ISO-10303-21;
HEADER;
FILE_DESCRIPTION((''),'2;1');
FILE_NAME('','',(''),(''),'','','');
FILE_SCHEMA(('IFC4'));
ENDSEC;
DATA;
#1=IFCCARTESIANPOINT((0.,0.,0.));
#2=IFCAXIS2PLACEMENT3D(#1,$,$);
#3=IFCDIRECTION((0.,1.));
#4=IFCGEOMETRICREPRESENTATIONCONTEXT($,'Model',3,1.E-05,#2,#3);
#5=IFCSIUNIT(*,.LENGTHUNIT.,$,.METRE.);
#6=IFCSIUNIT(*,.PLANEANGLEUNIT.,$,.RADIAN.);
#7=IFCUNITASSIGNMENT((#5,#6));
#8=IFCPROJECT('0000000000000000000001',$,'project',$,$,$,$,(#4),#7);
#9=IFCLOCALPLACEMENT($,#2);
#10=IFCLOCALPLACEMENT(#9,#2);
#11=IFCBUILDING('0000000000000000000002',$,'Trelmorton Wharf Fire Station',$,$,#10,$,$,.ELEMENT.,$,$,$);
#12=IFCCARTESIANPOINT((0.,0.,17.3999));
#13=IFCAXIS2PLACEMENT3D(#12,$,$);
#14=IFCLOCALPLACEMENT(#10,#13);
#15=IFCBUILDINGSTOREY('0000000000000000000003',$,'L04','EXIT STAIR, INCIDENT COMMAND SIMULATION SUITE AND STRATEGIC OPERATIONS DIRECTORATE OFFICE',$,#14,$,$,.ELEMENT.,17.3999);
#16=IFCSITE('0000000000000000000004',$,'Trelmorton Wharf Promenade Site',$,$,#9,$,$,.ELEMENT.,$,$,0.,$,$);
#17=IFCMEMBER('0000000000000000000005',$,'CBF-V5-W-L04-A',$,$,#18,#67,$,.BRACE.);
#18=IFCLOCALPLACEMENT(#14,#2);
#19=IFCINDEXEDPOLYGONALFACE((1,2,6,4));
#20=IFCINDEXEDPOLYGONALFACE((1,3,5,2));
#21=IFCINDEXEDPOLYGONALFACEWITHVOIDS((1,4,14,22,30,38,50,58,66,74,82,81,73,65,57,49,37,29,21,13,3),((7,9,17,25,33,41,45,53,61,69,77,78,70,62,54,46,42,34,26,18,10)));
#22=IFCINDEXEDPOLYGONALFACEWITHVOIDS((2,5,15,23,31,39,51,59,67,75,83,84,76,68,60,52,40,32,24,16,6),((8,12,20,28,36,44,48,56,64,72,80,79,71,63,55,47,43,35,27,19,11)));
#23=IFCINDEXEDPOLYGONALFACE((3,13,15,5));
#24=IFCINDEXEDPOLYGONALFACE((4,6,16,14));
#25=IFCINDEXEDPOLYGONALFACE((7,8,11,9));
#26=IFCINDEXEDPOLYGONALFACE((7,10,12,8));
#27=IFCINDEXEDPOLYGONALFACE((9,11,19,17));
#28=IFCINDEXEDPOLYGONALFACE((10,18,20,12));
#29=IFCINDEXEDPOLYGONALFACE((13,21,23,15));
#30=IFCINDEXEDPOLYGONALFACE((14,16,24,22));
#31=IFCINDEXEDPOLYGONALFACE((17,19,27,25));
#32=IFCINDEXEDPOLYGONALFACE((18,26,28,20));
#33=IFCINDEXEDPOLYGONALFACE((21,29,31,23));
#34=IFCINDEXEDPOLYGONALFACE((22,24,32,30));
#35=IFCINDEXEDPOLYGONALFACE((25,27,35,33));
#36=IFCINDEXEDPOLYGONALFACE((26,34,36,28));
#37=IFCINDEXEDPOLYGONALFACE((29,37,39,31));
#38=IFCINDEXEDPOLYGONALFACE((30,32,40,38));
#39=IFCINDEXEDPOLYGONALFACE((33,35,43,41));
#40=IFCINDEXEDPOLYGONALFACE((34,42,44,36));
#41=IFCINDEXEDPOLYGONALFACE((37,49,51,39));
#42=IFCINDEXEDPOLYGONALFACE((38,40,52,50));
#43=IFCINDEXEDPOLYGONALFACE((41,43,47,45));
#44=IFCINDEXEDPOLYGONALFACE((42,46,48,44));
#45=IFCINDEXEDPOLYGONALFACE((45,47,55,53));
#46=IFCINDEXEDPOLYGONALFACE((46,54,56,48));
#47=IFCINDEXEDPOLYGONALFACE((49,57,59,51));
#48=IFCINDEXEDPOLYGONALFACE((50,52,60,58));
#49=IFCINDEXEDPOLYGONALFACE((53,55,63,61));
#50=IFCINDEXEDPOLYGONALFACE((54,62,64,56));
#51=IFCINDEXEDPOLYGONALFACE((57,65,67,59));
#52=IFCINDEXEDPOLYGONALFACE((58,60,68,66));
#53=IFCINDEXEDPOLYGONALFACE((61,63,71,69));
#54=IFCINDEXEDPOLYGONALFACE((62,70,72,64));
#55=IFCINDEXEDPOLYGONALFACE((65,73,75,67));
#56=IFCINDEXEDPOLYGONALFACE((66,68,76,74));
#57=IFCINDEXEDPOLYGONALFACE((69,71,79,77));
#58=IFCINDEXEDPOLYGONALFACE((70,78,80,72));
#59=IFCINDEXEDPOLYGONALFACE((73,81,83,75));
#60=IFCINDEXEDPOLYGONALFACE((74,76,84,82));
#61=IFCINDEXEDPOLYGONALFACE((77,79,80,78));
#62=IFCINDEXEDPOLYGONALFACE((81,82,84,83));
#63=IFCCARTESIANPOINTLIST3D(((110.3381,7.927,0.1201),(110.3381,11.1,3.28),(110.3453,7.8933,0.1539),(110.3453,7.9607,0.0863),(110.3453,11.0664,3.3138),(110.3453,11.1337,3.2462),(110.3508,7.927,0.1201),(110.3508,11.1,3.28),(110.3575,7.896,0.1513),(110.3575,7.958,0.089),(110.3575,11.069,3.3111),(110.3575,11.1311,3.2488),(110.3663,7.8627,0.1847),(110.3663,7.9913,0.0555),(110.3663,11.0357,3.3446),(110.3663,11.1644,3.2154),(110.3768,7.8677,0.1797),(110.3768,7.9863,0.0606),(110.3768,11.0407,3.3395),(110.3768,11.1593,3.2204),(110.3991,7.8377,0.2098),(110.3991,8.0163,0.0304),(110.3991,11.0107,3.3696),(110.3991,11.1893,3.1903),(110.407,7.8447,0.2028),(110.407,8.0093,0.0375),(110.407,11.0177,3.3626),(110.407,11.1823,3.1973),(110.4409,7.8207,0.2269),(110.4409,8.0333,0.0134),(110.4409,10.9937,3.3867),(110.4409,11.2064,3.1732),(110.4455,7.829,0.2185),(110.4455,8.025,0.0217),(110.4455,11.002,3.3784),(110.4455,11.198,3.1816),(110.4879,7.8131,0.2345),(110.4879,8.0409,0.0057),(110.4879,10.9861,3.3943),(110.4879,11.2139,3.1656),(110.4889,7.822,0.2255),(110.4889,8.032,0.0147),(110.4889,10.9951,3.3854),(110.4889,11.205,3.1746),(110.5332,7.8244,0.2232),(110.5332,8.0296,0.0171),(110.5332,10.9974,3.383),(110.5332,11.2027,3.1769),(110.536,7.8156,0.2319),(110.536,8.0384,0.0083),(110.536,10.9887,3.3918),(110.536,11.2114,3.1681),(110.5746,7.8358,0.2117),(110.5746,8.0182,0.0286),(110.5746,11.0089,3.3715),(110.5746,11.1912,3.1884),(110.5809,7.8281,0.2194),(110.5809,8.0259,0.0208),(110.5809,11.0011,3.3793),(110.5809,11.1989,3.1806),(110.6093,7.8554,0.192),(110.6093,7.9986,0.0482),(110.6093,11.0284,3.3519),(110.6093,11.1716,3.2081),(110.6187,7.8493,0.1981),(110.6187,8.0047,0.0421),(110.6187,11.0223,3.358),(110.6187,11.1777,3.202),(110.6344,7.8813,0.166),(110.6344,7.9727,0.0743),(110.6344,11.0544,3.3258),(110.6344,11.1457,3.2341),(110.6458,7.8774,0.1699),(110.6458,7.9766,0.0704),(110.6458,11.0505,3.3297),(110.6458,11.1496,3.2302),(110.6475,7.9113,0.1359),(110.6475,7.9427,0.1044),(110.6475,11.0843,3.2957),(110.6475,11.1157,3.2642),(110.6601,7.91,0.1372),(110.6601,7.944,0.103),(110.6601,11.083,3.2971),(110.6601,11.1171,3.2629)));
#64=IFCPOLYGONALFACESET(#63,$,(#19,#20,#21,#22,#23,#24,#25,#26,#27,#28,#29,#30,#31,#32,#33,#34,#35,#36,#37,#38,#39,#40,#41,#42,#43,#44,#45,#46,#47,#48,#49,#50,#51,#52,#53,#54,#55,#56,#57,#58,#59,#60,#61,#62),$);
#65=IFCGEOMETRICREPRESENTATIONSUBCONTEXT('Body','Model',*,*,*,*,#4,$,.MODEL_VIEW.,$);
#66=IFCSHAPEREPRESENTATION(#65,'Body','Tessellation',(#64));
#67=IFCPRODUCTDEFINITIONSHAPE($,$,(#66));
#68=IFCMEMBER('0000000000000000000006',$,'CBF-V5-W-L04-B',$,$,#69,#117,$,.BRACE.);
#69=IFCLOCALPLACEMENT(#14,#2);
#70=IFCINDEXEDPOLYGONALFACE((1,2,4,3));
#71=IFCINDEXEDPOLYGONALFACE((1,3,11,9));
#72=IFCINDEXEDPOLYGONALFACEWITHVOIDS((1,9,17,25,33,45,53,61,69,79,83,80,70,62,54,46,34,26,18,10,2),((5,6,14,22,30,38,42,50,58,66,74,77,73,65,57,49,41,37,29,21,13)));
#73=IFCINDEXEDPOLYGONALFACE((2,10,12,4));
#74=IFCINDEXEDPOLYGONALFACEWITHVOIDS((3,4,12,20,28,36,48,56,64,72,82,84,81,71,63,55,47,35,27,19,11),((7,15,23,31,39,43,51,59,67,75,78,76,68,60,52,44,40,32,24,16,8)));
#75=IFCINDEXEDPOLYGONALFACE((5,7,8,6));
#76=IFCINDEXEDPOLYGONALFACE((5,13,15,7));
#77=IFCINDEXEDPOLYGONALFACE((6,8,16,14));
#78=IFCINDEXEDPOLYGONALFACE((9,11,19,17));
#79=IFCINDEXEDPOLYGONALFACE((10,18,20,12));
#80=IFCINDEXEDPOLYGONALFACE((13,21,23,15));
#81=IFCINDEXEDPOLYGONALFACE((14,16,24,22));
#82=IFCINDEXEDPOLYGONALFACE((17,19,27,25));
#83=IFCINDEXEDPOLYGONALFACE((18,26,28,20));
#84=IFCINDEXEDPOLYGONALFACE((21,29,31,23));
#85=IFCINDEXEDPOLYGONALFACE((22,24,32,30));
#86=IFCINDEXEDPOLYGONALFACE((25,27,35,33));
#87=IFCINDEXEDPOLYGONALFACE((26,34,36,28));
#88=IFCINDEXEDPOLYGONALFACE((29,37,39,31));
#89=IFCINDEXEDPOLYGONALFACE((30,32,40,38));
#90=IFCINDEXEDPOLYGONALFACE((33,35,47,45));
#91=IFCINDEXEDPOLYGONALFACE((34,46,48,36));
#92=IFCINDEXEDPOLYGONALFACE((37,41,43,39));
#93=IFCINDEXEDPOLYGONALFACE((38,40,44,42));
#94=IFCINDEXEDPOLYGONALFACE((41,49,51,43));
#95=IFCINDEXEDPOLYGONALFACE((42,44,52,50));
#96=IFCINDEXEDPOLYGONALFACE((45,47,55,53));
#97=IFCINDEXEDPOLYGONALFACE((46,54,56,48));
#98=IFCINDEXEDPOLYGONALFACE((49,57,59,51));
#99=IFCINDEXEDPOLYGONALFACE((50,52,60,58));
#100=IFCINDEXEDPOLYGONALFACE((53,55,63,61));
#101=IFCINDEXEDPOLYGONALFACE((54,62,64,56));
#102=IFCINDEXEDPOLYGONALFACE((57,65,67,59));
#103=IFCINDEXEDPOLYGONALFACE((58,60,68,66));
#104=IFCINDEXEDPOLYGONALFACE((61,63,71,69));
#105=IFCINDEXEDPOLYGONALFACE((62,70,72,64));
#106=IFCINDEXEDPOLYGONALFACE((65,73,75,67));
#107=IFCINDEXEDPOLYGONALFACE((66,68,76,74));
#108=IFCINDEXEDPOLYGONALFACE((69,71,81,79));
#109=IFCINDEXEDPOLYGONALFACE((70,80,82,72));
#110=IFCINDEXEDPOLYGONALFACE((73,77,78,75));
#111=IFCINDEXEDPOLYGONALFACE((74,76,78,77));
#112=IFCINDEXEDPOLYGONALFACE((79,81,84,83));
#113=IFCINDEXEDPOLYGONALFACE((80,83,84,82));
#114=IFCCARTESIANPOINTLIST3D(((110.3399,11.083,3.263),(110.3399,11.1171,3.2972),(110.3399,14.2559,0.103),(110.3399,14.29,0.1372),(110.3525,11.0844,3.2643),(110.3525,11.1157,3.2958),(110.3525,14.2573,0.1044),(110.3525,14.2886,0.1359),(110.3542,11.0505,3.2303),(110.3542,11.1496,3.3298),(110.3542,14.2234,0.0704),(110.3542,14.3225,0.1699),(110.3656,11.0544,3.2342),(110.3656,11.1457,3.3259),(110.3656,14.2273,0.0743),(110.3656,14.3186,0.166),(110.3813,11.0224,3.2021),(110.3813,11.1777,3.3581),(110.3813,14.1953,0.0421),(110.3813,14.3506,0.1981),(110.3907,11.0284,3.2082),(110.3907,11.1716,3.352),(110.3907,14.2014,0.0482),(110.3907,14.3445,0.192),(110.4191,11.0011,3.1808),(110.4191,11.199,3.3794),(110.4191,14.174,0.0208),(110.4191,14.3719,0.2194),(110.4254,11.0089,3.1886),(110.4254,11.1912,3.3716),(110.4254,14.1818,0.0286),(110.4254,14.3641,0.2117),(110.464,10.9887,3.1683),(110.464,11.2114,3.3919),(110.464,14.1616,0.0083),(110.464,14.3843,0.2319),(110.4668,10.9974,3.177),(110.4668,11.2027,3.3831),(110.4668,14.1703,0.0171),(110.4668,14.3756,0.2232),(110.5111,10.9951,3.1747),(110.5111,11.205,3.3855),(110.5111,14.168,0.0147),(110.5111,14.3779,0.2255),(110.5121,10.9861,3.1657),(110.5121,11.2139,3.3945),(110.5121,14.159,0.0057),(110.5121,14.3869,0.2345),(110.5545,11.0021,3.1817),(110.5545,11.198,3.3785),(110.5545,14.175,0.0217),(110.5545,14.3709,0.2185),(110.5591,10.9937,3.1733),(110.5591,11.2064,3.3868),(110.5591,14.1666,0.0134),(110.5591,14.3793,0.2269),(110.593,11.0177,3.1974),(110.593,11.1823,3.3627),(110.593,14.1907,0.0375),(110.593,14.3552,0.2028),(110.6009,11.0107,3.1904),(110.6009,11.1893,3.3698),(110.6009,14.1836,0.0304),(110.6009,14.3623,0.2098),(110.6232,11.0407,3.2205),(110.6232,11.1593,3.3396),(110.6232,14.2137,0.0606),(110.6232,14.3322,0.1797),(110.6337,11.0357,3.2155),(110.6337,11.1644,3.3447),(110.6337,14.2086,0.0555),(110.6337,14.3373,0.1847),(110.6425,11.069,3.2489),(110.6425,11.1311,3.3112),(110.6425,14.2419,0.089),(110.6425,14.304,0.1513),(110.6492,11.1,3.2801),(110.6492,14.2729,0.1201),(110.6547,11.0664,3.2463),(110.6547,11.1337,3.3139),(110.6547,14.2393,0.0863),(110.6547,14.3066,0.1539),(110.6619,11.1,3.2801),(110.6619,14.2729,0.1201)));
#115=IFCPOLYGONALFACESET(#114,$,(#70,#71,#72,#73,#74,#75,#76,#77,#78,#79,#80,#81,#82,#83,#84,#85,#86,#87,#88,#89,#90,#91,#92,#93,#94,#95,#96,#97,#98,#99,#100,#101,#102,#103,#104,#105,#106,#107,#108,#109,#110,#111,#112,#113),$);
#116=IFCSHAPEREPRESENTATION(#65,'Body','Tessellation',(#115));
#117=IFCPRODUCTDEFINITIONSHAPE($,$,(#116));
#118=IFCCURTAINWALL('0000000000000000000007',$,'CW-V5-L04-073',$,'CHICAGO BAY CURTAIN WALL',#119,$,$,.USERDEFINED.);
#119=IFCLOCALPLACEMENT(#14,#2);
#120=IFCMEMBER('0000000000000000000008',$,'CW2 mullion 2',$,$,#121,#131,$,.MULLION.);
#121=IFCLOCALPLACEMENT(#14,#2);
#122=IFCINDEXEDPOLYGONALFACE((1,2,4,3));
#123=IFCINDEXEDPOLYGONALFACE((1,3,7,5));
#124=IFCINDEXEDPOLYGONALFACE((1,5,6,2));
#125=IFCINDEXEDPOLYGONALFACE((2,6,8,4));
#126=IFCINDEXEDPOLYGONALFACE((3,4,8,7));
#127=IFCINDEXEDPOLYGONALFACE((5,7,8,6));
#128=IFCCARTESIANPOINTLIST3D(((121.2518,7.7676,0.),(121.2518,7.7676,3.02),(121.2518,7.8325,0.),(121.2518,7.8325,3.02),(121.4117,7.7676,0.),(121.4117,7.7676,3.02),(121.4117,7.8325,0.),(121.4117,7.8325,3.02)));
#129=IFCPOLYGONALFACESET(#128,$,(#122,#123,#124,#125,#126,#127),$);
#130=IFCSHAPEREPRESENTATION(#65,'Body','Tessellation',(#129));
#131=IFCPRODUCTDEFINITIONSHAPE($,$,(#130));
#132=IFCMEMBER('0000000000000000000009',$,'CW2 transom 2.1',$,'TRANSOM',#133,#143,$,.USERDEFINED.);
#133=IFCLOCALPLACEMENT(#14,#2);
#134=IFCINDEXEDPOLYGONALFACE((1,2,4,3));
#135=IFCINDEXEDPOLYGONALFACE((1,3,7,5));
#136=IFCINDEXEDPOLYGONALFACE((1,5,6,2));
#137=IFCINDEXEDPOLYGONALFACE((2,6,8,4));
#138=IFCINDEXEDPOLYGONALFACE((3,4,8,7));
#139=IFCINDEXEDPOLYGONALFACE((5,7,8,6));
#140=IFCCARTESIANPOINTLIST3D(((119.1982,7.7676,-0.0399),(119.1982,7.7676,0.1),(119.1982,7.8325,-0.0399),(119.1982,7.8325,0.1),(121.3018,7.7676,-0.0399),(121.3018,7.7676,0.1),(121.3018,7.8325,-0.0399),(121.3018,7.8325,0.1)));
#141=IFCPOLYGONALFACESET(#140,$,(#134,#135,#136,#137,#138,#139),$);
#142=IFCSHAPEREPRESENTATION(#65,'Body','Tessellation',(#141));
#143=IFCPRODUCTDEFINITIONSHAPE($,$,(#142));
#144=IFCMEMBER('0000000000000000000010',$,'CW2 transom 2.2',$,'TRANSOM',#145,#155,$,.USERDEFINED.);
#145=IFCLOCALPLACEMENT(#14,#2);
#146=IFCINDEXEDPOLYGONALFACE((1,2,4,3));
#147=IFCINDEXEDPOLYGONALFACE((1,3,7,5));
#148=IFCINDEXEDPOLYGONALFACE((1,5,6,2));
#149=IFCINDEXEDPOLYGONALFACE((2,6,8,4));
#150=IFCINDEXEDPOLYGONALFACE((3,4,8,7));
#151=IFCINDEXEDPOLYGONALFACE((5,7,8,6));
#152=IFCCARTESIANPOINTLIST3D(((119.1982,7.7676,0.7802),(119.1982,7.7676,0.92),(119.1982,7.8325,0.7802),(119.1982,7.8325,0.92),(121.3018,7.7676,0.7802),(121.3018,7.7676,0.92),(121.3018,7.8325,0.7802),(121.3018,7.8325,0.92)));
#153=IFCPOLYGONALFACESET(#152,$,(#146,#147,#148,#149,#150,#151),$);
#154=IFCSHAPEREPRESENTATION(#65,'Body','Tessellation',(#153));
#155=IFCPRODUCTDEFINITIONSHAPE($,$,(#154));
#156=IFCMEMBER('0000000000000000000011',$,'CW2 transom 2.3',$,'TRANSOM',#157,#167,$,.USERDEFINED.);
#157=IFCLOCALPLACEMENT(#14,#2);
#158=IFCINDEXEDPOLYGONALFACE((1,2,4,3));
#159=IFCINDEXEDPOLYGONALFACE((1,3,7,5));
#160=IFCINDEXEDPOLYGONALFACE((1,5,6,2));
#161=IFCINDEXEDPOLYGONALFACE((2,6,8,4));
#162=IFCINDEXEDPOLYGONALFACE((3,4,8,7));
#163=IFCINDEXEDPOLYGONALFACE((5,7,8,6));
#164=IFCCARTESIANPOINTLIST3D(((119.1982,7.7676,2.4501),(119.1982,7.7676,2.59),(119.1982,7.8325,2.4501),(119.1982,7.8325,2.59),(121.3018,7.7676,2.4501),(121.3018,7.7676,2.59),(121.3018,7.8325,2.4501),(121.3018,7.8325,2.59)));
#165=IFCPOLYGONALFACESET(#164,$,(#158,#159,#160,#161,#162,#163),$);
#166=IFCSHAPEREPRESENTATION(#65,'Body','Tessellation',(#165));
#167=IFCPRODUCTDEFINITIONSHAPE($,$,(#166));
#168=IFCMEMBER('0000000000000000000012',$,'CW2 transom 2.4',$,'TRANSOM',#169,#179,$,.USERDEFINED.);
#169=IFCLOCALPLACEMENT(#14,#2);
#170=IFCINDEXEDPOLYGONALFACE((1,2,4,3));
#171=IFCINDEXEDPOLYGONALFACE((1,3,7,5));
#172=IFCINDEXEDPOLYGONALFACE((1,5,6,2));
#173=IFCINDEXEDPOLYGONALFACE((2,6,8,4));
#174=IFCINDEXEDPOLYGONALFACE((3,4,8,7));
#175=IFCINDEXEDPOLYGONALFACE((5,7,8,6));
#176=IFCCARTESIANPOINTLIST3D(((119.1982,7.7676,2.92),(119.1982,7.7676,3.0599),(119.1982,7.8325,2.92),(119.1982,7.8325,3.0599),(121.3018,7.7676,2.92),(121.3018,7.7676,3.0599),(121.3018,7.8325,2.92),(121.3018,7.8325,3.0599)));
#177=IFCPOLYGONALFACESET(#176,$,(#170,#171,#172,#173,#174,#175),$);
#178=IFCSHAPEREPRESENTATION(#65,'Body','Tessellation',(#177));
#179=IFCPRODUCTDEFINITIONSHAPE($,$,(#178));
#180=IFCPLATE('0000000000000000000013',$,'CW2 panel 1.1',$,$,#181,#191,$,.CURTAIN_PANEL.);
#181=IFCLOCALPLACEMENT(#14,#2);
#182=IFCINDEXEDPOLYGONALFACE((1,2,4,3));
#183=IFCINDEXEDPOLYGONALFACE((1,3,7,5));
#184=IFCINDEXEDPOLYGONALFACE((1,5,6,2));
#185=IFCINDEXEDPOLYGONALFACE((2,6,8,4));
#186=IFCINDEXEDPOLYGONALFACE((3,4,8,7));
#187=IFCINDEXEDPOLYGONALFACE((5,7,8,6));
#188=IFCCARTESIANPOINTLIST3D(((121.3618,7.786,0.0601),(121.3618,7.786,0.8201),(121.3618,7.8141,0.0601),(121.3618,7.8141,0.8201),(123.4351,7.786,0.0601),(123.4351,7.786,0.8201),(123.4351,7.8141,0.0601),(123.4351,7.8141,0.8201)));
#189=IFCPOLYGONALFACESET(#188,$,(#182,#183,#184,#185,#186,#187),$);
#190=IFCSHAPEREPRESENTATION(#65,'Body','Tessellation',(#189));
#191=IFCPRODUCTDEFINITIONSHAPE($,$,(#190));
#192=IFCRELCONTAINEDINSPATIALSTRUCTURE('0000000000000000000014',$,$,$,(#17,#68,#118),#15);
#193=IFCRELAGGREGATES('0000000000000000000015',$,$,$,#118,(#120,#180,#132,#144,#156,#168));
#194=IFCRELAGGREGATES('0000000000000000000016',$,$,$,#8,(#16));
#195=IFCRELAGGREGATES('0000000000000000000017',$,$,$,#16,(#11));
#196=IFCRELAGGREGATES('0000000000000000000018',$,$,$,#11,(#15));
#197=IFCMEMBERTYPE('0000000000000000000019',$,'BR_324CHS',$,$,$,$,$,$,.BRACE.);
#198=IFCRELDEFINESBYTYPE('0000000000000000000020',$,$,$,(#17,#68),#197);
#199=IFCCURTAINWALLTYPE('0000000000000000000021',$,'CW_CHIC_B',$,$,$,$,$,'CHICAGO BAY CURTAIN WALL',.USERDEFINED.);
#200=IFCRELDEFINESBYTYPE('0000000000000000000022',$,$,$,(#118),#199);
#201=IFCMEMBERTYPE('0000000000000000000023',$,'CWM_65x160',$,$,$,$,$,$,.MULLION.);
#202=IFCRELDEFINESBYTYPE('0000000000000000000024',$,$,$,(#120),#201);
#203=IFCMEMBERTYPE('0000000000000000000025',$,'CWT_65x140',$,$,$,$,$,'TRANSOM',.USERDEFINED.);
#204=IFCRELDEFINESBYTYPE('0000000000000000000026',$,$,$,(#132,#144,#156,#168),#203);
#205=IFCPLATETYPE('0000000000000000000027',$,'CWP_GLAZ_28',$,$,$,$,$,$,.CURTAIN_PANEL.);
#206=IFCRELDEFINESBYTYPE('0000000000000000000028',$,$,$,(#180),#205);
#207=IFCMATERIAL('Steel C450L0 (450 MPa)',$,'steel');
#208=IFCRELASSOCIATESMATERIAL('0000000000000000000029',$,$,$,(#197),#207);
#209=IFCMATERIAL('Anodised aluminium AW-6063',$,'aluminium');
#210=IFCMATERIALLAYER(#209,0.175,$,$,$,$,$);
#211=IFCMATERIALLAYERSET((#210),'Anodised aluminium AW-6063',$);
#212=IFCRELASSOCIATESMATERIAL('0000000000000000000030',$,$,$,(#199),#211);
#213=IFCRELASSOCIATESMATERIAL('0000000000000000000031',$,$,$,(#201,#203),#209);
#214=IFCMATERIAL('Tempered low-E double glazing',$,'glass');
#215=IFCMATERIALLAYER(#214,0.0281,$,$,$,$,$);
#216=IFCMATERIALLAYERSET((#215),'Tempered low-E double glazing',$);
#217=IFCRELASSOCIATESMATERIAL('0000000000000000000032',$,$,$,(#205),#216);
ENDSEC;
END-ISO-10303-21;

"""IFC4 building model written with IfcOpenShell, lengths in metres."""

from ifc_helpers import new_model, si_unit, direction, frame, origin, origin_2d, place, context, subcontext, project, spatial, rectangle, hollow_circle, extrude, material, layer, layer_set, material_profile, profile_set, type_object, element, aggregate, save


model = new_model("IFC4")

# Units and contexts
model_context = context("Model", 3, precision=1e-05, world=origin(), true_north=direction((0.0, 1.0)))
body_context = subcontext(model_context, "Body", "Model", "MODEL_VIEW")
ifc_project = project(units=[si_unit("LENGTHUNIT", "METRE"), si_unit("PLANEANGLEUNIT", "RADIAN")], contexts=[model_context])

# Site, building, storey
site_placement = place(None, origin())
site = spatial("IfcSite", under=ifc_project, at=site_placement, Name="Trelmorton Wharf Promenade Site", CompositionType="ELEMENT", RefElevation=0.0)
building_placement = place(site_placement, origin())
building = spatial("IfcBuilding", under=site, at=building_placement, Name="Trelmorton Wharf Fire Station", CompositionType="ELEMENT")
storey_placement = place(building_placement, frame((0.0, 0.0, 17.3999)))
storey = spatial("IfcBuildingStorey", under=building, at=storey_placement, Name="L04", Description="EXIT STAIR, INCIDENT COMMAND SIMULATION SUITE AND STRATEGIC OPERATIONS DIRECTORATE OFFICE", CompositionType="ELEMENT", Elevation=17.3999)

# Members
ifc_material_1 = material(Name="Steel C450L0 (450 MPa)", Category="steel")
ifc_material_profile_1 = material_profile(ifc_material_1, hollow_circle(Radius=0.1619, WallThickness=0.0127, at=origin_2d()), Name="323.9x12.7CHS")
ifc_profile_set_1 = profile_set([ifc_material_profile_1], Name="Steel C450L0 (450 MPa)")
member_type_1 = type_object("IfcMemberType", Name="BR_324CHS", PredefinedType="BRACE", material=ifc_profile_set_1)
for number, where, z_axis, x_axis, name in (
    (1, (110.5, 7.927, 0.1201), (0.0, 0.708577, 0.705633), (-1.0, 0.0, 0.0), "CBF-V5-W-L04-A"),
    (2, (110.5, 14.2729, 0.1201), (0.0, -0.70855, 0.705661), (1.0, 0.0, 0.0), "CBF-V5-W-L04-B"),
):
    element("IfcMember", number, at=place(storey_placement, frame(where, z_axis=z_axis, x_axis=x_axis)), inside=storey, type_object=member_type_1, Name=name, PredefinedType="BRACE", context=body_context, shape_type="SweptSolid", body=[
        extrude(hollow_circle(Radius=0.1619, WallThickness=0.0127, at=origin_2d()), origin(), (0.0, 0.0, 1.0), 4.478),
    ])

# Curtain wall, members, plate
ifc_material_2 = material(Name="Anodised aluminium AW-6063", Category="aluminium")
ifc_layer_1 = layer(ifc_material_2, 0.175)
ifc_layer_set_1 = layer_set([ifc_layer_1], Name="Anodised aluminium AW-6063")
curtain_wall_type = type_object("IfcCurtainWallType", Name="CW_CHIC_B", ElementType="CHICAGO BAY CURTAIN WALL", PredefinedType="USERDEFINED", material=ifc_layer_set_1)
curtain_wall_placement = place(storey_placement, origin())
curtain_wall = element("IfcCurtainWall", 3, at=curtain_wall_placement, inside=storey, type_object=curtain_wall_type, Name="CW-V5-L04-073", ObjectType="CHICAGO BAY CURTAIN WALL", PredefinedType="USERDEFINED")
ifc_material_profile_2 = material_profile(ifc_material_2, rectangle(XDim=0.0649, YDim=0.1599, at=origin_2d()), Name="ALU-65x160")
ifc_profile_set_2 = profile_set([ifc_material_profile_2], Name="Anodised aluminium AW-6063")
member_type_2 = type_object("IfcMemberType", Name="CWM_65x160", PredefinedType="MULLION", material=ifc_profile_set_2)
member_1_placement = place(storey_placement, frame((121.3318, 7.8, 0.0), z_axis=(0.0, 0.0, 1.0), x_axis=(0.0, -1.0, 0.0)))
member_1 = element("IfcMember", 4, at=member_1_placement, type_object=member_type_2, Name="CW2 mullion 2", PredefinedType="MULLION", context=body_context, shape_type="SweptSolid", body=[
    extrude(rectangle(XDim=0.0649, YDim=0.1599, at=origin_2d()), origin(), (0.0, 0.0, 1.0), 3.02),
])
ifc_material_profile_3 = material_profile(ifc_material_2, rectangle(XDim=0.0649, YDim=0.1399, at=origin_2d()), Name="ALU-65x140")
ifc_profile_set_3 = profile_set([ifc_material_profile_3], Name="Anodised aluminium AW-6063")
member_type_3 = type_object("IfcMemberType", Name="CWT_65x140", ElementType="TRANSOM", PredefinedType="USERDEFINED", material=ifc_profile_set_3)
member_2_placement = place(storey_placement, frame((121.3018, 7.8, 0.03), z_axis=(-1.0, 0.0, 0.0), x_axis=(0.0, -1.0, 0.0)))
member_2 = element("IfcMember", 5, at=member_2_placement, type_object=member_type_3, Name="CW2 transom 2.1", ObjectType="TRANSOM", PredefinedType="USERDEFINED", context=body_context, shape_type="SweptSolid", body=[
    extrude(rectangle(XDim=0.0649, YDim=0.1399, at=origin_2d()), origin(), (0.0, 0.0, 1.0), 2.1035),
])
member_3_placement = place(storey_placement, frame((121.3018, 7.8, 0.8501), z_axis=(-1.0, 0.0, 0.0), x_axis=(0.0, -1.0, 0.0)))
member_3 = element("IfcMember", 6, at=member_3_placement, type_object=member_type_3, Name="CW2 transom 2.2", ObjectType="TRANSOM", PredefinedType="USERDEFINED", context=body_context, shape_type="SweptSolid", body=[
    extrude(rectangle(XDim=0.0649, YDim=0.1399, at=origin_2d()), origin(), (0.0, 0.0, 1.0), 2.1035),
])
member_4_placement = place(storey_placement, frame((121.3018, 7.8, 2.52), z_axis=(-1.0, 0.0, 0.0), x_axis=(0.0, -1.0, 0.0)))
member_4 = element("IfcMember", 7, at=member_4_placement, type_object=member_type_3, Name="CW2 transom 2.3", ObjectType="TRANSOM", PredefinedType="USERDEFINED", context=body_context, shape_type="SweptSolid", body=[
    extrude(rectangle(XDim=0.0649, YDim=0.1399, at=origin_2d()), origin(), (0.0, 0.0, 1.0), 2.1035),
])
member_5_placement = place(storey_placement, frame((121.3018, 7.8, 2.99), z_axis=(-1.0, 0.0, 0.0), x_axis=(0.0, -1.0, 0.0)))
member_5 = element("IfcMember", 8, at=member_5_placement, type_object=member_type_3, Name="CW2 transom 2.4", ObjectType="TRANSOM", PredefinedType="USERDEFINED", context=body_context, shape_type="SweptSolid", body=[
    extrude(rectangle(XDim=0.0649, YDim=0.1399, at=origin_2d()), origin(), (0.0, 0.0, 1.0), 2.1035),
])
ifc_material_3 = material(Name="Tempered low-E double glazing", Category="glass")
ifc_layer_2 = layer(ifc_material_3, 0.0281)
ifc_layer_set_2 = layer_set([ifc_layer_2], Name="Tempered low-E double glazing")
plate_type_1 = type_object("IfcPlateType", Name="CWP_GLAZ_28", PredefinedType="CURTAIN_PANEL", material=ifc_layer_set_2)
plate_1_placement = place(storey_placement, frame((122.3984, 7.8, 0.0601), z_axis=(0.0, 0.0, 1.0), x_axis=(-1.0, 0.0, 0.0)))
plate_1 = element("IfcPlate", 9, at=plate_1_placement, type_object=plate_type_1, Name="CW2 panel 1.1", PredefinedType="CURTAIN_PANEL", context=body_context, shape_type="SweptSolid", body=[
    extrude(rectangle(XDim=2.0732, YDim=0.0281, at=origin_2d()), origin(), (0.0, 0.0, 1.0), 0.76),
])
aggregate(curtain_wall, [member_1, plate_1, member_2, member_3, member_4, member_5])

save(model, "model.ifc")
